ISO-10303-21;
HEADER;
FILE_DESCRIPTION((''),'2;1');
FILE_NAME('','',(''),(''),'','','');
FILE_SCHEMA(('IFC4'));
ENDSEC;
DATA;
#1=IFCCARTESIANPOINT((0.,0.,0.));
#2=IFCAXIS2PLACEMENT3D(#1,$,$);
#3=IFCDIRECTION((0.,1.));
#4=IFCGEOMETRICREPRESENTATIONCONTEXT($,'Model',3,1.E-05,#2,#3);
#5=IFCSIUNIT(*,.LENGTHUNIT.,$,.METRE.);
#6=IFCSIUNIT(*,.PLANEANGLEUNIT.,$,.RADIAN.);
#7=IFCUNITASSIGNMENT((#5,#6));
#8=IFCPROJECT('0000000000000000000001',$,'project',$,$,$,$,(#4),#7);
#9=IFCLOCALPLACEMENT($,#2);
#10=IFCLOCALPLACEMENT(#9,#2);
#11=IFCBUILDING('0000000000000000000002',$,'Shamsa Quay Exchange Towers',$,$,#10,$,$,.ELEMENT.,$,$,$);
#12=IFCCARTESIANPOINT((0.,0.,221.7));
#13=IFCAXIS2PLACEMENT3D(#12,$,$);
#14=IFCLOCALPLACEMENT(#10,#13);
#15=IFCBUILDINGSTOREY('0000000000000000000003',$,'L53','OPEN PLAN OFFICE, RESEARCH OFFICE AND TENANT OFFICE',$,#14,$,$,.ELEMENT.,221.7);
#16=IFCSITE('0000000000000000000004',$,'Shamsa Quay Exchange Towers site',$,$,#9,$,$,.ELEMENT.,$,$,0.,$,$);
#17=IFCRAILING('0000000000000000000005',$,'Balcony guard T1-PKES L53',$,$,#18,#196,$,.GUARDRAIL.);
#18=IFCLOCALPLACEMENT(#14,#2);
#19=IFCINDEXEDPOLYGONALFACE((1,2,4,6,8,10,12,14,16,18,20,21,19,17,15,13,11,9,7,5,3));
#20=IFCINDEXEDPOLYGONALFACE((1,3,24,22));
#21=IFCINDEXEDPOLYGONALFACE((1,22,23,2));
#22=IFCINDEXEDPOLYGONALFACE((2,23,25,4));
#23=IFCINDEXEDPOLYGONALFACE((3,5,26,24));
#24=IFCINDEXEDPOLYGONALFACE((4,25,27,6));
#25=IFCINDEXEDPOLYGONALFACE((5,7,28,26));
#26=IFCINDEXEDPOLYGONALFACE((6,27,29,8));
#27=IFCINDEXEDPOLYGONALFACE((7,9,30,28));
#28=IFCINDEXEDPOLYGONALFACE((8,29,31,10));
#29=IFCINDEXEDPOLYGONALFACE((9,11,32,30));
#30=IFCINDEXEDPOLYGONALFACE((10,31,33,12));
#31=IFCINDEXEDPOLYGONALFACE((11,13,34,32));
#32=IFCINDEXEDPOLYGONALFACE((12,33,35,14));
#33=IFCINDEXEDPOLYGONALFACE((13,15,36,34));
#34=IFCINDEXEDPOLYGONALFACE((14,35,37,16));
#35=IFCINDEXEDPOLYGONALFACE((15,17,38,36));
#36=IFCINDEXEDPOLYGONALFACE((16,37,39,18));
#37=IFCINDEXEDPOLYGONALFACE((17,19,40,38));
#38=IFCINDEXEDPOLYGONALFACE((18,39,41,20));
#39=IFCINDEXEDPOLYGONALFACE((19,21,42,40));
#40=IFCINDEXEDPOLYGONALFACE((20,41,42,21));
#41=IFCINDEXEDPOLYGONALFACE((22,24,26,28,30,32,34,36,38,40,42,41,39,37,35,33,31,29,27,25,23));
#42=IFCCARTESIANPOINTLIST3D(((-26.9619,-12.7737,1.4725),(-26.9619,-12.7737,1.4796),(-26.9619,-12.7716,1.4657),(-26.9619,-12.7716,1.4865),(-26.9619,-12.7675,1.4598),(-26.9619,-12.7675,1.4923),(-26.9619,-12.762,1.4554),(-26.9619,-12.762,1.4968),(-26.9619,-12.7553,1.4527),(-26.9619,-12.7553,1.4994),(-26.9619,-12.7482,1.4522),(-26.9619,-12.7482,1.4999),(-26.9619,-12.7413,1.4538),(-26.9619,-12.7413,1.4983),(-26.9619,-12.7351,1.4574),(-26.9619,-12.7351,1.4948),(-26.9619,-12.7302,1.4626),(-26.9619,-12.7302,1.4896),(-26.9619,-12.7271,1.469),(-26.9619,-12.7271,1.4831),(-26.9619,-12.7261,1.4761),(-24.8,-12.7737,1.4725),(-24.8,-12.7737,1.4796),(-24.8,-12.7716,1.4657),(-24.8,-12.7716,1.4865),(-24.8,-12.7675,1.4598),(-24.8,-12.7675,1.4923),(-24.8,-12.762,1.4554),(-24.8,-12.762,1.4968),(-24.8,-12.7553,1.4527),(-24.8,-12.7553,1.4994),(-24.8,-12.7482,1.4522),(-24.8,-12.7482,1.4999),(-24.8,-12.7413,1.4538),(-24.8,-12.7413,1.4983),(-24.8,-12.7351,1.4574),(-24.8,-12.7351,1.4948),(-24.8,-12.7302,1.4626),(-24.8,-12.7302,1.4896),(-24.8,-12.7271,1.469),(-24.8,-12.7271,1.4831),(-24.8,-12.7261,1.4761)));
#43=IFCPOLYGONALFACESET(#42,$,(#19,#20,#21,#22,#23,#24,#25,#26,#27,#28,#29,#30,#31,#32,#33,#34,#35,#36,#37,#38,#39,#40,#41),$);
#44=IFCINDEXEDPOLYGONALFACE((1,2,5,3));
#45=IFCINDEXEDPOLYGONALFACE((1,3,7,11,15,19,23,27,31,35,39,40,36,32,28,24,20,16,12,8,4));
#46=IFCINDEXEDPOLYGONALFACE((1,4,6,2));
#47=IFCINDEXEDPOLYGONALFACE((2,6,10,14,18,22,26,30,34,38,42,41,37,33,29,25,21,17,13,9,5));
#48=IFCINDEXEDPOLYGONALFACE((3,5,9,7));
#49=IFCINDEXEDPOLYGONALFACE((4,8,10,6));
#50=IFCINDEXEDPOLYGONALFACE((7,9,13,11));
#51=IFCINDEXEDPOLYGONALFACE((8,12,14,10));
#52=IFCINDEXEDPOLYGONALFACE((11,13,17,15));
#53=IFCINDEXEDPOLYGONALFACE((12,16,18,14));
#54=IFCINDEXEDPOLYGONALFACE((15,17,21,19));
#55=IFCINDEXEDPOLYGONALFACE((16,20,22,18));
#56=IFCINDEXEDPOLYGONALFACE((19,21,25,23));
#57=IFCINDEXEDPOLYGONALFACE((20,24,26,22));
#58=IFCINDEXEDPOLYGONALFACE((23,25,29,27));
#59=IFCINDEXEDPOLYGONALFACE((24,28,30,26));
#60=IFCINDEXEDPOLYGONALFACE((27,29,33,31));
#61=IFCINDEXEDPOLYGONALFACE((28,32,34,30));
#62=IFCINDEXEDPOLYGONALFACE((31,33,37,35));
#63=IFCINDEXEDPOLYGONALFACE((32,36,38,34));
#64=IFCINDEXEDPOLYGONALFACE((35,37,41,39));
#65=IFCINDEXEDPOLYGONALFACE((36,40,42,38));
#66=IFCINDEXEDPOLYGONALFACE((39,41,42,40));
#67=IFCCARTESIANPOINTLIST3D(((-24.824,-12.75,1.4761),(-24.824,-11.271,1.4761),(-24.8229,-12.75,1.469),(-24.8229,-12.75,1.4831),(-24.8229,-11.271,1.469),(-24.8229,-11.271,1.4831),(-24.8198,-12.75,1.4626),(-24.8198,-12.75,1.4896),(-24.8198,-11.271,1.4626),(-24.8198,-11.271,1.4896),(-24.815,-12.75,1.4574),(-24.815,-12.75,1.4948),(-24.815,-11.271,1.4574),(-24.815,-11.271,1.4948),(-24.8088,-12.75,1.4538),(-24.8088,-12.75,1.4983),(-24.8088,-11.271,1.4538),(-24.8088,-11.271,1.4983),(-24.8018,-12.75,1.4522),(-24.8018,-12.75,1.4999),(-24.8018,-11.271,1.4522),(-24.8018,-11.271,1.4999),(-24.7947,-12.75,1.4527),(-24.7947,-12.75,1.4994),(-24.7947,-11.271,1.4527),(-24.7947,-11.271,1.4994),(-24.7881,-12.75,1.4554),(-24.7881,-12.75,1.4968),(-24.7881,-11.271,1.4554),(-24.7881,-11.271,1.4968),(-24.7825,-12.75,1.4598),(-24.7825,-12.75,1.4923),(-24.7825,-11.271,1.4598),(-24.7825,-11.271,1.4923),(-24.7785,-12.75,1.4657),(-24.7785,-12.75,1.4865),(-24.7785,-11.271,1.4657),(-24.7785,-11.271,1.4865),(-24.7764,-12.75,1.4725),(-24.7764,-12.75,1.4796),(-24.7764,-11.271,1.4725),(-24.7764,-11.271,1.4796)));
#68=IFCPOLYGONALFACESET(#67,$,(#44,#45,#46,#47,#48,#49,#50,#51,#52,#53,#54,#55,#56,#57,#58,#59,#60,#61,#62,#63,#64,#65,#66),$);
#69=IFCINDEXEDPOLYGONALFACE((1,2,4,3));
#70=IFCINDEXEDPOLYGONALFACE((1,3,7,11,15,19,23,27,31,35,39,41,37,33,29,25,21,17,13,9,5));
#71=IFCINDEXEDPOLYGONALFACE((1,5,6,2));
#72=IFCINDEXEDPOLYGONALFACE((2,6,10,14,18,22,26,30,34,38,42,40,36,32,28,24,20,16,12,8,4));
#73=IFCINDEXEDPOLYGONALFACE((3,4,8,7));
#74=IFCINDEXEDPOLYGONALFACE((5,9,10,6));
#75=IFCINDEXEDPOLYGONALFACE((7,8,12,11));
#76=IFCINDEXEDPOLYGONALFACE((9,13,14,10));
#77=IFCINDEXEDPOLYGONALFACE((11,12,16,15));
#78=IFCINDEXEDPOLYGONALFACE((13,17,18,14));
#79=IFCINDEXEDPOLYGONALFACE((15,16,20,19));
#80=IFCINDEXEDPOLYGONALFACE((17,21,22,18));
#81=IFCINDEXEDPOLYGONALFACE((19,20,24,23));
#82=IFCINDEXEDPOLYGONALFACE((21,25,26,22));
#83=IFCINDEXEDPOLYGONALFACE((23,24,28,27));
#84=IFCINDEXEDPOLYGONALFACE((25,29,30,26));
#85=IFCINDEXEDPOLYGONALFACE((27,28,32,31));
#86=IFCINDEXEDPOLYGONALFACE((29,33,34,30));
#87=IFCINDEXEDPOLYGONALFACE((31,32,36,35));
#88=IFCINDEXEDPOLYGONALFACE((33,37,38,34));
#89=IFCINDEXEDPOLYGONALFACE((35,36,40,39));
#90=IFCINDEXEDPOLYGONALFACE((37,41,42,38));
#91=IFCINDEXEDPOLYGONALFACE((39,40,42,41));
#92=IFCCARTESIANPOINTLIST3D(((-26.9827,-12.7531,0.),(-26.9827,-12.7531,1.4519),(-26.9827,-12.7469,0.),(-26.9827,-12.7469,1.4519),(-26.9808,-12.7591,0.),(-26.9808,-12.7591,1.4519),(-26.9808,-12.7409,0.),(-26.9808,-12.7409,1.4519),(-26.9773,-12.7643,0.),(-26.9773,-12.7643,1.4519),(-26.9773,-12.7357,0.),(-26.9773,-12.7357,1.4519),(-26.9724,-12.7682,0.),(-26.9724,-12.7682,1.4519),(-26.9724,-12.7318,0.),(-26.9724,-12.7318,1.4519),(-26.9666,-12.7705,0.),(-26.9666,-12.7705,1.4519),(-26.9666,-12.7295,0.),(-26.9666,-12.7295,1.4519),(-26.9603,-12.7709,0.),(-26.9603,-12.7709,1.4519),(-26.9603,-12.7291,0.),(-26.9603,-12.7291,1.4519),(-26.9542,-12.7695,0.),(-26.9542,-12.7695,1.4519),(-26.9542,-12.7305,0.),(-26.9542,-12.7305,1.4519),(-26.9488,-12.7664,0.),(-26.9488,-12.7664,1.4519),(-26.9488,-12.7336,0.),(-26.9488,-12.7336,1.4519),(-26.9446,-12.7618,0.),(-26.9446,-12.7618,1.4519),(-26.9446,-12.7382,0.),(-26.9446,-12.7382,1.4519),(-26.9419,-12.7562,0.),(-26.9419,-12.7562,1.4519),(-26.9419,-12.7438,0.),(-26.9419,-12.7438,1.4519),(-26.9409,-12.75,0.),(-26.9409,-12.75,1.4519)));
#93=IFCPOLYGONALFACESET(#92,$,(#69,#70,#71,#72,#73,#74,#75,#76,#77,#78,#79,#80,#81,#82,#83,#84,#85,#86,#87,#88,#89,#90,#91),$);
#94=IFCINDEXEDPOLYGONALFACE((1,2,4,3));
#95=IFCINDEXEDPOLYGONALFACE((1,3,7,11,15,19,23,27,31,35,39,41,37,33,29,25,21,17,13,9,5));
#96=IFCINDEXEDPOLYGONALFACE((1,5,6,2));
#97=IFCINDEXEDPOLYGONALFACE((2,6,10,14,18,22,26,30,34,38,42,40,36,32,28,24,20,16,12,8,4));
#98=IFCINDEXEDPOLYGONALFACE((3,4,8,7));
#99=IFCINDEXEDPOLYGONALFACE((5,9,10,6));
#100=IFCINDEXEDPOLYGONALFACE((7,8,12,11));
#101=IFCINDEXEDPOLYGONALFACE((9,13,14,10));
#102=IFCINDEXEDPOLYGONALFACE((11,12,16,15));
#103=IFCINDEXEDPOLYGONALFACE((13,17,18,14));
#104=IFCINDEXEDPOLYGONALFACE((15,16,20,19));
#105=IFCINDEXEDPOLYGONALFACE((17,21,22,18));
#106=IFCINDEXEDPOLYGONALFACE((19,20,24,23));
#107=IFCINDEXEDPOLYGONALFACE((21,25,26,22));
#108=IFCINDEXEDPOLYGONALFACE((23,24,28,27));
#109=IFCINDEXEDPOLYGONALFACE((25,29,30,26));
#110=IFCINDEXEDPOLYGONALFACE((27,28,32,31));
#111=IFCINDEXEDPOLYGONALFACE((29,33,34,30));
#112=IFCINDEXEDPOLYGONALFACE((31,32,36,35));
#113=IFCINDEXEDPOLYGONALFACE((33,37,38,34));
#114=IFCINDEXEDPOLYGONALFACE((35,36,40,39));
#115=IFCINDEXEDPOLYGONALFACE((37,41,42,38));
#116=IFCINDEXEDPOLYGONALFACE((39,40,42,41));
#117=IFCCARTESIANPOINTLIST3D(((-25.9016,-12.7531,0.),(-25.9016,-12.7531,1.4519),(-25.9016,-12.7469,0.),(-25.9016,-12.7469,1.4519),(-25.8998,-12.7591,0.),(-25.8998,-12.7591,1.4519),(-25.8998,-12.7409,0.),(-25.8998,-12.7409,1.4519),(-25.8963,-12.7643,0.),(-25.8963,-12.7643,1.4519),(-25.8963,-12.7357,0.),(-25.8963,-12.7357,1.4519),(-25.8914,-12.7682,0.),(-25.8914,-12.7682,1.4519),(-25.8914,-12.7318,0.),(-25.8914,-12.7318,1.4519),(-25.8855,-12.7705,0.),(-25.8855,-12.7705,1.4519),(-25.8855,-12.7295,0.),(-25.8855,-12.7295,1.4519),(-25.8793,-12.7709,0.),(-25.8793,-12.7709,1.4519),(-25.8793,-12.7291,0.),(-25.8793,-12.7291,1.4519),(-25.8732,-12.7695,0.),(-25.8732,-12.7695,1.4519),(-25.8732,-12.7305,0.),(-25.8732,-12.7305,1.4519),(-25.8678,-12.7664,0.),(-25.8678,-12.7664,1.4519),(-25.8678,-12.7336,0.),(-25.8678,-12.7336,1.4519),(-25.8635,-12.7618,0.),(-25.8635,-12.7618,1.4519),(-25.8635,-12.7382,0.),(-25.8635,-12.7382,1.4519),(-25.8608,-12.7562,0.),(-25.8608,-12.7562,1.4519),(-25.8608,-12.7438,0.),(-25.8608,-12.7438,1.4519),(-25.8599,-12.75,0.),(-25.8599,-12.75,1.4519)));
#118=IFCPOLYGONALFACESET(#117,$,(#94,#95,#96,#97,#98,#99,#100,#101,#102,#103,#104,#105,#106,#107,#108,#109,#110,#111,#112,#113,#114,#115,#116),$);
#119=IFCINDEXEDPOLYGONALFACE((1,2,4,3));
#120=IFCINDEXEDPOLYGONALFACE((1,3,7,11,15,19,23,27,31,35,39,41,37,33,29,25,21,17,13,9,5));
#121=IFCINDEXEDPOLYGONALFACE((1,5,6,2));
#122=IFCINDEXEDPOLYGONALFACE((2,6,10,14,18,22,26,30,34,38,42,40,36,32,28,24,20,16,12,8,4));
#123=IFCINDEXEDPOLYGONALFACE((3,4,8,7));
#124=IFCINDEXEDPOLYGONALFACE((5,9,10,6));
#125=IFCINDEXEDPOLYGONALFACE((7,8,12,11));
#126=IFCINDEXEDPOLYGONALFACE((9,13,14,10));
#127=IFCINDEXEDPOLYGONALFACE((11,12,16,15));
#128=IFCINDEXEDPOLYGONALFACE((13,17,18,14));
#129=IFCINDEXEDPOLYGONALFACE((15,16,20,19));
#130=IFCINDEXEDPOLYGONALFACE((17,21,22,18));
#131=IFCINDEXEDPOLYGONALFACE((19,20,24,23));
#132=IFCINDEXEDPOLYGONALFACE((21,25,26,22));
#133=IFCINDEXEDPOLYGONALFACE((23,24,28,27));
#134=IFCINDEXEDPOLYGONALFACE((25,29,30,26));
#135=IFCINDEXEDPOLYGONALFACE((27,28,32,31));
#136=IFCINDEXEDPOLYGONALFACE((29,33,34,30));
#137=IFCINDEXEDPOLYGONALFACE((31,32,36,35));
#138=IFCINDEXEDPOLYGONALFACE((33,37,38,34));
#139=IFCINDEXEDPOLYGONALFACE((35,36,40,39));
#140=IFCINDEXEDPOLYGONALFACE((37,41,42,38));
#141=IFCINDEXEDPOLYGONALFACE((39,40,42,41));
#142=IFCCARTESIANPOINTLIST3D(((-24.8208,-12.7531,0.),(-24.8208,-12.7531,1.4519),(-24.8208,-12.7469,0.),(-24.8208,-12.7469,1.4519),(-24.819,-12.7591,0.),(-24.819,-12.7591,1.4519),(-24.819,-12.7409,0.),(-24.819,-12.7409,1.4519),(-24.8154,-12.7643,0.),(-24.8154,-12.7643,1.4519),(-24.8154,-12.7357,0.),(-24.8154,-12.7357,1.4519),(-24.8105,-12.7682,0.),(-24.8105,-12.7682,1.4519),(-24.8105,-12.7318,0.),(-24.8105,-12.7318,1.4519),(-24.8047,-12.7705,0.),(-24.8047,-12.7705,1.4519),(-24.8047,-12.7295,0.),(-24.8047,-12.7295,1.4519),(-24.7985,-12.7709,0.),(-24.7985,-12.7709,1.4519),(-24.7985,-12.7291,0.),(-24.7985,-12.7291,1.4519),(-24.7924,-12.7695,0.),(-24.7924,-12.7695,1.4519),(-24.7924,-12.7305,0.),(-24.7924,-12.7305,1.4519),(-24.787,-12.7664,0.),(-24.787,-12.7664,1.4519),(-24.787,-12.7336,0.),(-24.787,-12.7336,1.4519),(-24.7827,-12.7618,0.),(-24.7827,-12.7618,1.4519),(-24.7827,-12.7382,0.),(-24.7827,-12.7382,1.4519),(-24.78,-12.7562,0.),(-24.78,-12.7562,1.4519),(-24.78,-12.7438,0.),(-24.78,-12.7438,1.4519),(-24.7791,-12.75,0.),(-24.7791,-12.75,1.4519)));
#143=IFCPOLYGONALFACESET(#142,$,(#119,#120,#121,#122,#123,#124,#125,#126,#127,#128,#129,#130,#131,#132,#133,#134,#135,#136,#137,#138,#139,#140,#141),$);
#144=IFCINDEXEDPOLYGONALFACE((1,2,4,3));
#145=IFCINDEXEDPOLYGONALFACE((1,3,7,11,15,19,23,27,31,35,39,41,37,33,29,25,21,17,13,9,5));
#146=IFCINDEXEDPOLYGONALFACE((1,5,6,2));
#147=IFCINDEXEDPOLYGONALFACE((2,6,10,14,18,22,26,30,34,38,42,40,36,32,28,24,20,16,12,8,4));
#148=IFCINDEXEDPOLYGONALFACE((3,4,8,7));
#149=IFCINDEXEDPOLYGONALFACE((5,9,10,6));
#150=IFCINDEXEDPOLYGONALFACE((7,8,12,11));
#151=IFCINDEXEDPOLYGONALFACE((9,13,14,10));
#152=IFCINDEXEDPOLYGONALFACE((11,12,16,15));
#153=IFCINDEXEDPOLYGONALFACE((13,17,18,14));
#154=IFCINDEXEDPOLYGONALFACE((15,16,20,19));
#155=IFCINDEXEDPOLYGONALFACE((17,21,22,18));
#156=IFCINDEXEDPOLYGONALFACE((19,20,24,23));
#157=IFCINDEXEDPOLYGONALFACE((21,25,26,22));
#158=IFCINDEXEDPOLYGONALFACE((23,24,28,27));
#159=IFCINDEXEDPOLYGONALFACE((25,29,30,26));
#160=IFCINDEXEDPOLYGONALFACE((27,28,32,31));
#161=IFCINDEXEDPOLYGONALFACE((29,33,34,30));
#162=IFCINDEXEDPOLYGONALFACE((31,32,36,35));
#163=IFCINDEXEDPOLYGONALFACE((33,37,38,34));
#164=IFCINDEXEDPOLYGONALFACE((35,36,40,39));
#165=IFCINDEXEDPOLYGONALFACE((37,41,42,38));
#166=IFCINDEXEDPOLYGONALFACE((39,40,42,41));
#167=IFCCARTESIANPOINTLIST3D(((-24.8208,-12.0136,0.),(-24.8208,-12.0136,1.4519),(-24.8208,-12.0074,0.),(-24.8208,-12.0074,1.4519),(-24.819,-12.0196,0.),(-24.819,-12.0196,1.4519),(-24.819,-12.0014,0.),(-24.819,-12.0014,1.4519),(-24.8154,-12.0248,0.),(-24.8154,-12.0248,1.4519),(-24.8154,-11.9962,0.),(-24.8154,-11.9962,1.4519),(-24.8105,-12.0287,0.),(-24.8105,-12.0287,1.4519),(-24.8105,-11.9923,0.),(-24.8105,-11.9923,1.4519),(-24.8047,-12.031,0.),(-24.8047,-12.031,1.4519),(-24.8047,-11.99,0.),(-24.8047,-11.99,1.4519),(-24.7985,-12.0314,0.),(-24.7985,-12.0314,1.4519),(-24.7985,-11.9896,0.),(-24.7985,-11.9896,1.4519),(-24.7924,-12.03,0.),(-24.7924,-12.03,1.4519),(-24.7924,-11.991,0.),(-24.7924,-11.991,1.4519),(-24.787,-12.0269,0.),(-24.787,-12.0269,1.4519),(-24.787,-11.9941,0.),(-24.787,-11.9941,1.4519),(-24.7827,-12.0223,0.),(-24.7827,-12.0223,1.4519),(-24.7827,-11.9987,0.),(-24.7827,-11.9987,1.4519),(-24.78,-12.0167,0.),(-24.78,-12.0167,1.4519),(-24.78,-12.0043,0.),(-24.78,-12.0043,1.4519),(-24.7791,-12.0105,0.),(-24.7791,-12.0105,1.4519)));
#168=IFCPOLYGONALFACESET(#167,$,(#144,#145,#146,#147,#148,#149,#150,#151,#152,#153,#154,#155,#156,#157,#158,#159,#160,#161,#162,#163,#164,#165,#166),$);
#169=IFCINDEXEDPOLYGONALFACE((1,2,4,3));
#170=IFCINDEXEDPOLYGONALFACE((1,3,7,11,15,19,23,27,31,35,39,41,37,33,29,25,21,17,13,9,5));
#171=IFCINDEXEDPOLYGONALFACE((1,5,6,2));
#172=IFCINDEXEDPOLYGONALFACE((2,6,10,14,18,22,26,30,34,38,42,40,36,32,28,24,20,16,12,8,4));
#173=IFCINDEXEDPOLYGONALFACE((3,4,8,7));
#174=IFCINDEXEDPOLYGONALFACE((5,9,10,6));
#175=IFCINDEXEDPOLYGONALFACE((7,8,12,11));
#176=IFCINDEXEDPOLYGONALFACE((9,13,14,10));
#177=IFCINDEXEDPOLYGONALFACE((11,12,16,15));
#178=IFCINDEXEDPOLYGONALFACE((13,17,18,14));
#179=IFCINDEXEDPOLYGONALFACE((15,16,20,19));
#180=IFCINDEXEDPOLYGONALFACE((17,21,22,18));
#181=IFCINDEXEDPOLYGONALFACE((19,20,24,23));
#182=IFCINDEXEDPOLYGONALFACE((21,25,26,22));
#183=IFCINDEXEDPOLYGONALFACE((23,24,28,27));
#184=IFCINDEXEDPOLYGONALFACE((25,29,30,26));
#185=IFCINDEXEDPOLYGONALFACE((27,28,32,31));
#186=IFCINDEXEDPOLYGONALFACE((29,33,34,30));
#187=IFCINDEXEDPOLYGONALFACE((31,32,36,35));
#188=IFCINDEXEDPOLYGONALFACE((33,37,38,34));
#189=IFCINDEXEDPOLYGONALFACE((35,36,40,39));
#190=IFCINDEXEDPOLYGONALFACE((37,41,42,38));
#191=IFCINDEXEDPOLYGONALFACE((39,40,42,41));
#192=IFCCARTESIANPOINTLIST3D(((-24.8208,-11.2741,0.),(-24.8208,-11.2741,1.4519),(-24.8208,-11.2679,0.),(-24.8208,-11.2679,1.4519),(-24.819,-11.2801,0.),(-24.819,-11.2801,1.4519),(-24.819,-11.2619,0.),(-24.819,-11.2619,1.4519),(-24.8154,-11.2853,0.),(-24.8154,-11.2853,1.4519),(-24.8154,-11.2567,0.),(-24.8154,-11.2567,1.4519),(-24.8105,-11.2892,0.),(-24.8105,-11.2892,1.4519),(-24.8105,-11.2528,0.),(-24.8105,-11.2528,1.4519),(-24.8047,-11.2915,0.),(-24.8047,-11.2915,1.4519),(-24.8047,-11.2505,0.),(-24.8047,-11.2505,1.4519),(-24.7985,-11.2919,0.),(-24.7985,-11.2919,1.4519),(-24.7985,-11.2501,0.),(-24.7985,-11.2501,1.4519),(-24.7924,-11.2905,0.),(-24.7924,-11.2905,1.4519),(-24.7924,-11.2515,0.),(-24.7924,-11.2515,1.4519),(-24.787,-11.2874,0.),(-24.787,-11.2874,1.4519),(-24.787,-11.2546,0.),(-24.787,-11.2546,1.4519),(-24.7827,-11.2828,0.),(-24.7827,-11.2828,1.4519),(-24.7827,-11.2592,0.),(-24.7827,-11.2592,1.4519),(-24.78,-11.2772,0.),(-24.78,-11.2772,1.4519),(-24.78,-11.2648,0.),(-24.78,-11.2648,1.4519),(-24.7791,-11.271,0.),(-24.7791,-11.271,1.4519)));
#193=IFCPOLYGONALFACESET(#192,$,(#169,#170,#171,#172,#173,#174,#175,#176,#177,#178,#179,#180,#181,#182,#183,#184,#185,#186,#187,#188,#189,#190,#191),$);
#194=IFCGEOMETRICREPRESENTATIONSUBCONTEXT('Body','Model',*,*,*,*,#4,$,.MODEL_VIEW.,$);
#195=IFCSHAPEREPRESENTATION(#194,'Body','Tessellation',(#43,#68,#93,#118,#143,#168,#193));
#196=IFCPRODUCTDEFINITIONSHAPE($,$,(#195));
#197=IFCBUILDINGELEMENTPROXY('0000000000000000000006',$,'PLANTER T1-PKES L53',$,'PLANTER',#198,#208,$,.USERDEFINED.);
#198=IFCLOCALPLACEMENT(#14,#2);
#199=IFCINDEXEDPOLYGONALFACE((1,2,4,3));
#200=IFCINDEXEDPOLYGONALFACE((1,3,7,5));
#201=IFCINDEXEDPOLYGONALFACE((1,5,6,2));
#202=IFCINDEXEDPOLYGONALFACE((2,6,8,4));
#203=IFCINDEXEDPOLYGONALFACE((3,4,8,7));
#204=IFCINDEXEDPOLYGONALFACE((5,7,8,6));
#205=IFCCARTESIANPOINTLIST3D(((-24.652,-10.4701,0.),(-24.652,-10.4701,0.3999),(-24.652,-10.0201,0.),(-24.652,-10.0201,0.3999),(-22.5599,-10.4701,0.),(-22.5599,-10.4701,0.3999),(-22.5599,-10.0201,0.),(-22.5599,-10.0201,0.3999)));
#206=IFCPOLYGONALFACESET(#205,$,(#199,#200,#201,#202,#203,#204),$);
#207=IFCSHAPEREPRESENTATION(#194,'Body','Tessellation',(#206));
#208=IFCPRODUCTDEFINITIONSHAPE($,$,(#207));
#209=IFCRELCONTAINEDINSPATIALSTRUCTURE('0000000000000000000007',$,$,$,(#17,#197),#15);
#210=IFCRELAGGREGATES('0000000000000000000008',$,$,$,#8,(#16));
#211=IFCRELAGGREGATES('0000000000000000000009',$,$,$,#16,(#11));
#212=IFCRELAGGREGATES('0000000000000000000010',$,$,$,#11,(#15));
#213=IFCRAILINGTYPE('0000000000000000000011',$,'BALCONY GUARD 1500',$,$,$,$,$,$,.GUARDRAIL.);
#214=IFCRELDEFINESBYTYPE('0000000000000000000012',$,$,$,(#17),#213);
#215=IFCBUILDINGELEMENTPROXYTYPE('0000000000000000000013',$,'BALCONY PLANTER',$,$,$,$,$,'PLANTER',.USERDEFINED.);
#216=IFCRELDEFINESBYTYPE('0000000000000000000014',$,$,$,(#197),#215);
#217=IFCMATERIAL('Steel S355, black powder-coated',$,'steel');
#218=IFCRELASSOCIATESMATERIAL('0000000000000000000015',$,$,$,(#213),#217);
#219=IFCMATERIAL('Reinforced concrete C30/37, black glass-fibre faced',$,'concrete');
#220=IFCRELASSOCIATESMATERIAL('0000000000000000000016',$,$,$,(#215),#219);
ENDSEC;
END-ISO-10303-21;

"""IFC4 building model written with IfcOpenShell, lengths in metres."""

from ifc_helpers import new_model, si_unit, direction, frame, origin, origin_2d, place, context, subcontext, project, spatial, rectangle, circle, extrude, material, type_object, element, save


model = new_model("IFC4")

# Units and contexts
model_context = context("Model", 3, precision=1e-05, world=origin(), true_north=direction((0.0, 1.0)))
body_context = subcontext(model_context, "Body", "Model", "MODEL_VIEW")
ifc_project = project(units=[si_unit("LENGTHUNIT", "METRE"), si_unit("PLANEANGLEUNIT", "RADIAN")], contexts=[model_context])

# Site, building, storey
site_placement = place(None, origin())
site = spatial("IfcSite", under=ifc_project, at=site_placement, Name="Shamsa Quay Exchange Towers site", CompositionType="ELEMENT", RefElevation=0.0)
building_placement = place(site_placement, origin())
building = spatial("IfcBuilding", under=site, at=building_placement, Name="Shamsa Quay Exchange Towers", CompositionType="ELEMENT")
storey_placement = place(building_placement, frame((0.0, 0.0, 221.7)))
storey = spatial("IfcBuildingStorey", under=building, at=storey_placement, Name="L53", Description="OPEN PLAN OFFICE, RESEARCH OFFICE AND TENANT OFFICE", CompositionType="ELEMENT", Elevation=221.7)

# Railing
ifc_material_1 = material(Name="Steel S355, black powder-coated", Category="steel")
railing_type_1 = type_object("IfcRailingType", Name="BALCONY GUARD 1500", PredefinedType="GUARDRAIL", material=ifc_material_1)
for number, where, name in (
    (1, (-26.9619, -12.75, 0.0), "Balcony guard T1-PKES L53"),
):
    element("IfcRailing", number, at=place(storey_placement, frame(where)), inside=storey, type_object=railing_type_1, Name=name, PredefinedType="GUARDRAIL", context=body_context, shape_type="SweptSolid", body=[
        extrude(circle(Radius=0.0239, at=origin_2d()), frame((0.0, 0.0, 1.4761), z_axis=(1.0, 0.0, 0.0), x_axis=(0.0, 1.0, 0.0)), (0.0, 0.0, 1.0), 2.1619),
        extrude(circle(Radius=0.0239, at=origin_2d()), frame((2.1619, 0.0, 1.4761), z_axis=(0.0, 1.0, 0.0), x_axis=(-1.0, 0.0, 0.0)), (0.0, 0.0, 1.0), 1.479),
        extrude(circle(Radius=0.021, at=origin_2d()), origin(), (0.0, 0.0, 1.0), 1.4519),
        extrude(circle(Radius=0.021, at=origin_2d()), frame((1.0811, 0.0, 0.0)), (0.0, 0.0, 1.0), 1.4519),
        extrude(circle(Radius=0.021, at=origin_2d()), frame((2.1619, 0.0, 0.0)), (0.0, 0.0, 1.0), 1.4519),
        extrude(circle(Radius=0.021, at=origin_2d()), frame((2.1619, 0.7395, 0.0)), (0.0, 0.0, 1.0), 1.4519),
        extrude(circle(Radius=0.021, at=origin_2d()), frame((2.1619, 1.479, 0.0)), (0.0, 0.0, 1.0), 1.4519),
    ])

# Building element proxy
ifc_material_2 = material(Name="Reinforced concrete C30/37, black glass-fibre faced", Category="concrete")
building_element_proxy_type = type_object("IfcBuildingElementProxyType", Name="BALCONY PLANTER", ElementType="PLANTER", PredefinedType="USERDEFINED", material=ifc_material_2)
for number, where, name in (
    (2, (-23.606, -10.2451, 0.0), "PLANTER T1-PKES L53"),
):
    element("IfcBuildingElementProxy", number, at=place(storey_placement, frame(where)), inside=storey, type_object=building_element_proxy_type, Name=name, ObjectType="PLANTER", PredefinedType="USERDEFINED", context=body_context, shape_type="SweptSolid", body=[
        extrude(rectangle(XDim=2.092, YDim=0.45, at=origin_2d()), origin(), (0.0, 0.0, 1.0), 0.3999),
    ])

save(model, "model.ifc")
